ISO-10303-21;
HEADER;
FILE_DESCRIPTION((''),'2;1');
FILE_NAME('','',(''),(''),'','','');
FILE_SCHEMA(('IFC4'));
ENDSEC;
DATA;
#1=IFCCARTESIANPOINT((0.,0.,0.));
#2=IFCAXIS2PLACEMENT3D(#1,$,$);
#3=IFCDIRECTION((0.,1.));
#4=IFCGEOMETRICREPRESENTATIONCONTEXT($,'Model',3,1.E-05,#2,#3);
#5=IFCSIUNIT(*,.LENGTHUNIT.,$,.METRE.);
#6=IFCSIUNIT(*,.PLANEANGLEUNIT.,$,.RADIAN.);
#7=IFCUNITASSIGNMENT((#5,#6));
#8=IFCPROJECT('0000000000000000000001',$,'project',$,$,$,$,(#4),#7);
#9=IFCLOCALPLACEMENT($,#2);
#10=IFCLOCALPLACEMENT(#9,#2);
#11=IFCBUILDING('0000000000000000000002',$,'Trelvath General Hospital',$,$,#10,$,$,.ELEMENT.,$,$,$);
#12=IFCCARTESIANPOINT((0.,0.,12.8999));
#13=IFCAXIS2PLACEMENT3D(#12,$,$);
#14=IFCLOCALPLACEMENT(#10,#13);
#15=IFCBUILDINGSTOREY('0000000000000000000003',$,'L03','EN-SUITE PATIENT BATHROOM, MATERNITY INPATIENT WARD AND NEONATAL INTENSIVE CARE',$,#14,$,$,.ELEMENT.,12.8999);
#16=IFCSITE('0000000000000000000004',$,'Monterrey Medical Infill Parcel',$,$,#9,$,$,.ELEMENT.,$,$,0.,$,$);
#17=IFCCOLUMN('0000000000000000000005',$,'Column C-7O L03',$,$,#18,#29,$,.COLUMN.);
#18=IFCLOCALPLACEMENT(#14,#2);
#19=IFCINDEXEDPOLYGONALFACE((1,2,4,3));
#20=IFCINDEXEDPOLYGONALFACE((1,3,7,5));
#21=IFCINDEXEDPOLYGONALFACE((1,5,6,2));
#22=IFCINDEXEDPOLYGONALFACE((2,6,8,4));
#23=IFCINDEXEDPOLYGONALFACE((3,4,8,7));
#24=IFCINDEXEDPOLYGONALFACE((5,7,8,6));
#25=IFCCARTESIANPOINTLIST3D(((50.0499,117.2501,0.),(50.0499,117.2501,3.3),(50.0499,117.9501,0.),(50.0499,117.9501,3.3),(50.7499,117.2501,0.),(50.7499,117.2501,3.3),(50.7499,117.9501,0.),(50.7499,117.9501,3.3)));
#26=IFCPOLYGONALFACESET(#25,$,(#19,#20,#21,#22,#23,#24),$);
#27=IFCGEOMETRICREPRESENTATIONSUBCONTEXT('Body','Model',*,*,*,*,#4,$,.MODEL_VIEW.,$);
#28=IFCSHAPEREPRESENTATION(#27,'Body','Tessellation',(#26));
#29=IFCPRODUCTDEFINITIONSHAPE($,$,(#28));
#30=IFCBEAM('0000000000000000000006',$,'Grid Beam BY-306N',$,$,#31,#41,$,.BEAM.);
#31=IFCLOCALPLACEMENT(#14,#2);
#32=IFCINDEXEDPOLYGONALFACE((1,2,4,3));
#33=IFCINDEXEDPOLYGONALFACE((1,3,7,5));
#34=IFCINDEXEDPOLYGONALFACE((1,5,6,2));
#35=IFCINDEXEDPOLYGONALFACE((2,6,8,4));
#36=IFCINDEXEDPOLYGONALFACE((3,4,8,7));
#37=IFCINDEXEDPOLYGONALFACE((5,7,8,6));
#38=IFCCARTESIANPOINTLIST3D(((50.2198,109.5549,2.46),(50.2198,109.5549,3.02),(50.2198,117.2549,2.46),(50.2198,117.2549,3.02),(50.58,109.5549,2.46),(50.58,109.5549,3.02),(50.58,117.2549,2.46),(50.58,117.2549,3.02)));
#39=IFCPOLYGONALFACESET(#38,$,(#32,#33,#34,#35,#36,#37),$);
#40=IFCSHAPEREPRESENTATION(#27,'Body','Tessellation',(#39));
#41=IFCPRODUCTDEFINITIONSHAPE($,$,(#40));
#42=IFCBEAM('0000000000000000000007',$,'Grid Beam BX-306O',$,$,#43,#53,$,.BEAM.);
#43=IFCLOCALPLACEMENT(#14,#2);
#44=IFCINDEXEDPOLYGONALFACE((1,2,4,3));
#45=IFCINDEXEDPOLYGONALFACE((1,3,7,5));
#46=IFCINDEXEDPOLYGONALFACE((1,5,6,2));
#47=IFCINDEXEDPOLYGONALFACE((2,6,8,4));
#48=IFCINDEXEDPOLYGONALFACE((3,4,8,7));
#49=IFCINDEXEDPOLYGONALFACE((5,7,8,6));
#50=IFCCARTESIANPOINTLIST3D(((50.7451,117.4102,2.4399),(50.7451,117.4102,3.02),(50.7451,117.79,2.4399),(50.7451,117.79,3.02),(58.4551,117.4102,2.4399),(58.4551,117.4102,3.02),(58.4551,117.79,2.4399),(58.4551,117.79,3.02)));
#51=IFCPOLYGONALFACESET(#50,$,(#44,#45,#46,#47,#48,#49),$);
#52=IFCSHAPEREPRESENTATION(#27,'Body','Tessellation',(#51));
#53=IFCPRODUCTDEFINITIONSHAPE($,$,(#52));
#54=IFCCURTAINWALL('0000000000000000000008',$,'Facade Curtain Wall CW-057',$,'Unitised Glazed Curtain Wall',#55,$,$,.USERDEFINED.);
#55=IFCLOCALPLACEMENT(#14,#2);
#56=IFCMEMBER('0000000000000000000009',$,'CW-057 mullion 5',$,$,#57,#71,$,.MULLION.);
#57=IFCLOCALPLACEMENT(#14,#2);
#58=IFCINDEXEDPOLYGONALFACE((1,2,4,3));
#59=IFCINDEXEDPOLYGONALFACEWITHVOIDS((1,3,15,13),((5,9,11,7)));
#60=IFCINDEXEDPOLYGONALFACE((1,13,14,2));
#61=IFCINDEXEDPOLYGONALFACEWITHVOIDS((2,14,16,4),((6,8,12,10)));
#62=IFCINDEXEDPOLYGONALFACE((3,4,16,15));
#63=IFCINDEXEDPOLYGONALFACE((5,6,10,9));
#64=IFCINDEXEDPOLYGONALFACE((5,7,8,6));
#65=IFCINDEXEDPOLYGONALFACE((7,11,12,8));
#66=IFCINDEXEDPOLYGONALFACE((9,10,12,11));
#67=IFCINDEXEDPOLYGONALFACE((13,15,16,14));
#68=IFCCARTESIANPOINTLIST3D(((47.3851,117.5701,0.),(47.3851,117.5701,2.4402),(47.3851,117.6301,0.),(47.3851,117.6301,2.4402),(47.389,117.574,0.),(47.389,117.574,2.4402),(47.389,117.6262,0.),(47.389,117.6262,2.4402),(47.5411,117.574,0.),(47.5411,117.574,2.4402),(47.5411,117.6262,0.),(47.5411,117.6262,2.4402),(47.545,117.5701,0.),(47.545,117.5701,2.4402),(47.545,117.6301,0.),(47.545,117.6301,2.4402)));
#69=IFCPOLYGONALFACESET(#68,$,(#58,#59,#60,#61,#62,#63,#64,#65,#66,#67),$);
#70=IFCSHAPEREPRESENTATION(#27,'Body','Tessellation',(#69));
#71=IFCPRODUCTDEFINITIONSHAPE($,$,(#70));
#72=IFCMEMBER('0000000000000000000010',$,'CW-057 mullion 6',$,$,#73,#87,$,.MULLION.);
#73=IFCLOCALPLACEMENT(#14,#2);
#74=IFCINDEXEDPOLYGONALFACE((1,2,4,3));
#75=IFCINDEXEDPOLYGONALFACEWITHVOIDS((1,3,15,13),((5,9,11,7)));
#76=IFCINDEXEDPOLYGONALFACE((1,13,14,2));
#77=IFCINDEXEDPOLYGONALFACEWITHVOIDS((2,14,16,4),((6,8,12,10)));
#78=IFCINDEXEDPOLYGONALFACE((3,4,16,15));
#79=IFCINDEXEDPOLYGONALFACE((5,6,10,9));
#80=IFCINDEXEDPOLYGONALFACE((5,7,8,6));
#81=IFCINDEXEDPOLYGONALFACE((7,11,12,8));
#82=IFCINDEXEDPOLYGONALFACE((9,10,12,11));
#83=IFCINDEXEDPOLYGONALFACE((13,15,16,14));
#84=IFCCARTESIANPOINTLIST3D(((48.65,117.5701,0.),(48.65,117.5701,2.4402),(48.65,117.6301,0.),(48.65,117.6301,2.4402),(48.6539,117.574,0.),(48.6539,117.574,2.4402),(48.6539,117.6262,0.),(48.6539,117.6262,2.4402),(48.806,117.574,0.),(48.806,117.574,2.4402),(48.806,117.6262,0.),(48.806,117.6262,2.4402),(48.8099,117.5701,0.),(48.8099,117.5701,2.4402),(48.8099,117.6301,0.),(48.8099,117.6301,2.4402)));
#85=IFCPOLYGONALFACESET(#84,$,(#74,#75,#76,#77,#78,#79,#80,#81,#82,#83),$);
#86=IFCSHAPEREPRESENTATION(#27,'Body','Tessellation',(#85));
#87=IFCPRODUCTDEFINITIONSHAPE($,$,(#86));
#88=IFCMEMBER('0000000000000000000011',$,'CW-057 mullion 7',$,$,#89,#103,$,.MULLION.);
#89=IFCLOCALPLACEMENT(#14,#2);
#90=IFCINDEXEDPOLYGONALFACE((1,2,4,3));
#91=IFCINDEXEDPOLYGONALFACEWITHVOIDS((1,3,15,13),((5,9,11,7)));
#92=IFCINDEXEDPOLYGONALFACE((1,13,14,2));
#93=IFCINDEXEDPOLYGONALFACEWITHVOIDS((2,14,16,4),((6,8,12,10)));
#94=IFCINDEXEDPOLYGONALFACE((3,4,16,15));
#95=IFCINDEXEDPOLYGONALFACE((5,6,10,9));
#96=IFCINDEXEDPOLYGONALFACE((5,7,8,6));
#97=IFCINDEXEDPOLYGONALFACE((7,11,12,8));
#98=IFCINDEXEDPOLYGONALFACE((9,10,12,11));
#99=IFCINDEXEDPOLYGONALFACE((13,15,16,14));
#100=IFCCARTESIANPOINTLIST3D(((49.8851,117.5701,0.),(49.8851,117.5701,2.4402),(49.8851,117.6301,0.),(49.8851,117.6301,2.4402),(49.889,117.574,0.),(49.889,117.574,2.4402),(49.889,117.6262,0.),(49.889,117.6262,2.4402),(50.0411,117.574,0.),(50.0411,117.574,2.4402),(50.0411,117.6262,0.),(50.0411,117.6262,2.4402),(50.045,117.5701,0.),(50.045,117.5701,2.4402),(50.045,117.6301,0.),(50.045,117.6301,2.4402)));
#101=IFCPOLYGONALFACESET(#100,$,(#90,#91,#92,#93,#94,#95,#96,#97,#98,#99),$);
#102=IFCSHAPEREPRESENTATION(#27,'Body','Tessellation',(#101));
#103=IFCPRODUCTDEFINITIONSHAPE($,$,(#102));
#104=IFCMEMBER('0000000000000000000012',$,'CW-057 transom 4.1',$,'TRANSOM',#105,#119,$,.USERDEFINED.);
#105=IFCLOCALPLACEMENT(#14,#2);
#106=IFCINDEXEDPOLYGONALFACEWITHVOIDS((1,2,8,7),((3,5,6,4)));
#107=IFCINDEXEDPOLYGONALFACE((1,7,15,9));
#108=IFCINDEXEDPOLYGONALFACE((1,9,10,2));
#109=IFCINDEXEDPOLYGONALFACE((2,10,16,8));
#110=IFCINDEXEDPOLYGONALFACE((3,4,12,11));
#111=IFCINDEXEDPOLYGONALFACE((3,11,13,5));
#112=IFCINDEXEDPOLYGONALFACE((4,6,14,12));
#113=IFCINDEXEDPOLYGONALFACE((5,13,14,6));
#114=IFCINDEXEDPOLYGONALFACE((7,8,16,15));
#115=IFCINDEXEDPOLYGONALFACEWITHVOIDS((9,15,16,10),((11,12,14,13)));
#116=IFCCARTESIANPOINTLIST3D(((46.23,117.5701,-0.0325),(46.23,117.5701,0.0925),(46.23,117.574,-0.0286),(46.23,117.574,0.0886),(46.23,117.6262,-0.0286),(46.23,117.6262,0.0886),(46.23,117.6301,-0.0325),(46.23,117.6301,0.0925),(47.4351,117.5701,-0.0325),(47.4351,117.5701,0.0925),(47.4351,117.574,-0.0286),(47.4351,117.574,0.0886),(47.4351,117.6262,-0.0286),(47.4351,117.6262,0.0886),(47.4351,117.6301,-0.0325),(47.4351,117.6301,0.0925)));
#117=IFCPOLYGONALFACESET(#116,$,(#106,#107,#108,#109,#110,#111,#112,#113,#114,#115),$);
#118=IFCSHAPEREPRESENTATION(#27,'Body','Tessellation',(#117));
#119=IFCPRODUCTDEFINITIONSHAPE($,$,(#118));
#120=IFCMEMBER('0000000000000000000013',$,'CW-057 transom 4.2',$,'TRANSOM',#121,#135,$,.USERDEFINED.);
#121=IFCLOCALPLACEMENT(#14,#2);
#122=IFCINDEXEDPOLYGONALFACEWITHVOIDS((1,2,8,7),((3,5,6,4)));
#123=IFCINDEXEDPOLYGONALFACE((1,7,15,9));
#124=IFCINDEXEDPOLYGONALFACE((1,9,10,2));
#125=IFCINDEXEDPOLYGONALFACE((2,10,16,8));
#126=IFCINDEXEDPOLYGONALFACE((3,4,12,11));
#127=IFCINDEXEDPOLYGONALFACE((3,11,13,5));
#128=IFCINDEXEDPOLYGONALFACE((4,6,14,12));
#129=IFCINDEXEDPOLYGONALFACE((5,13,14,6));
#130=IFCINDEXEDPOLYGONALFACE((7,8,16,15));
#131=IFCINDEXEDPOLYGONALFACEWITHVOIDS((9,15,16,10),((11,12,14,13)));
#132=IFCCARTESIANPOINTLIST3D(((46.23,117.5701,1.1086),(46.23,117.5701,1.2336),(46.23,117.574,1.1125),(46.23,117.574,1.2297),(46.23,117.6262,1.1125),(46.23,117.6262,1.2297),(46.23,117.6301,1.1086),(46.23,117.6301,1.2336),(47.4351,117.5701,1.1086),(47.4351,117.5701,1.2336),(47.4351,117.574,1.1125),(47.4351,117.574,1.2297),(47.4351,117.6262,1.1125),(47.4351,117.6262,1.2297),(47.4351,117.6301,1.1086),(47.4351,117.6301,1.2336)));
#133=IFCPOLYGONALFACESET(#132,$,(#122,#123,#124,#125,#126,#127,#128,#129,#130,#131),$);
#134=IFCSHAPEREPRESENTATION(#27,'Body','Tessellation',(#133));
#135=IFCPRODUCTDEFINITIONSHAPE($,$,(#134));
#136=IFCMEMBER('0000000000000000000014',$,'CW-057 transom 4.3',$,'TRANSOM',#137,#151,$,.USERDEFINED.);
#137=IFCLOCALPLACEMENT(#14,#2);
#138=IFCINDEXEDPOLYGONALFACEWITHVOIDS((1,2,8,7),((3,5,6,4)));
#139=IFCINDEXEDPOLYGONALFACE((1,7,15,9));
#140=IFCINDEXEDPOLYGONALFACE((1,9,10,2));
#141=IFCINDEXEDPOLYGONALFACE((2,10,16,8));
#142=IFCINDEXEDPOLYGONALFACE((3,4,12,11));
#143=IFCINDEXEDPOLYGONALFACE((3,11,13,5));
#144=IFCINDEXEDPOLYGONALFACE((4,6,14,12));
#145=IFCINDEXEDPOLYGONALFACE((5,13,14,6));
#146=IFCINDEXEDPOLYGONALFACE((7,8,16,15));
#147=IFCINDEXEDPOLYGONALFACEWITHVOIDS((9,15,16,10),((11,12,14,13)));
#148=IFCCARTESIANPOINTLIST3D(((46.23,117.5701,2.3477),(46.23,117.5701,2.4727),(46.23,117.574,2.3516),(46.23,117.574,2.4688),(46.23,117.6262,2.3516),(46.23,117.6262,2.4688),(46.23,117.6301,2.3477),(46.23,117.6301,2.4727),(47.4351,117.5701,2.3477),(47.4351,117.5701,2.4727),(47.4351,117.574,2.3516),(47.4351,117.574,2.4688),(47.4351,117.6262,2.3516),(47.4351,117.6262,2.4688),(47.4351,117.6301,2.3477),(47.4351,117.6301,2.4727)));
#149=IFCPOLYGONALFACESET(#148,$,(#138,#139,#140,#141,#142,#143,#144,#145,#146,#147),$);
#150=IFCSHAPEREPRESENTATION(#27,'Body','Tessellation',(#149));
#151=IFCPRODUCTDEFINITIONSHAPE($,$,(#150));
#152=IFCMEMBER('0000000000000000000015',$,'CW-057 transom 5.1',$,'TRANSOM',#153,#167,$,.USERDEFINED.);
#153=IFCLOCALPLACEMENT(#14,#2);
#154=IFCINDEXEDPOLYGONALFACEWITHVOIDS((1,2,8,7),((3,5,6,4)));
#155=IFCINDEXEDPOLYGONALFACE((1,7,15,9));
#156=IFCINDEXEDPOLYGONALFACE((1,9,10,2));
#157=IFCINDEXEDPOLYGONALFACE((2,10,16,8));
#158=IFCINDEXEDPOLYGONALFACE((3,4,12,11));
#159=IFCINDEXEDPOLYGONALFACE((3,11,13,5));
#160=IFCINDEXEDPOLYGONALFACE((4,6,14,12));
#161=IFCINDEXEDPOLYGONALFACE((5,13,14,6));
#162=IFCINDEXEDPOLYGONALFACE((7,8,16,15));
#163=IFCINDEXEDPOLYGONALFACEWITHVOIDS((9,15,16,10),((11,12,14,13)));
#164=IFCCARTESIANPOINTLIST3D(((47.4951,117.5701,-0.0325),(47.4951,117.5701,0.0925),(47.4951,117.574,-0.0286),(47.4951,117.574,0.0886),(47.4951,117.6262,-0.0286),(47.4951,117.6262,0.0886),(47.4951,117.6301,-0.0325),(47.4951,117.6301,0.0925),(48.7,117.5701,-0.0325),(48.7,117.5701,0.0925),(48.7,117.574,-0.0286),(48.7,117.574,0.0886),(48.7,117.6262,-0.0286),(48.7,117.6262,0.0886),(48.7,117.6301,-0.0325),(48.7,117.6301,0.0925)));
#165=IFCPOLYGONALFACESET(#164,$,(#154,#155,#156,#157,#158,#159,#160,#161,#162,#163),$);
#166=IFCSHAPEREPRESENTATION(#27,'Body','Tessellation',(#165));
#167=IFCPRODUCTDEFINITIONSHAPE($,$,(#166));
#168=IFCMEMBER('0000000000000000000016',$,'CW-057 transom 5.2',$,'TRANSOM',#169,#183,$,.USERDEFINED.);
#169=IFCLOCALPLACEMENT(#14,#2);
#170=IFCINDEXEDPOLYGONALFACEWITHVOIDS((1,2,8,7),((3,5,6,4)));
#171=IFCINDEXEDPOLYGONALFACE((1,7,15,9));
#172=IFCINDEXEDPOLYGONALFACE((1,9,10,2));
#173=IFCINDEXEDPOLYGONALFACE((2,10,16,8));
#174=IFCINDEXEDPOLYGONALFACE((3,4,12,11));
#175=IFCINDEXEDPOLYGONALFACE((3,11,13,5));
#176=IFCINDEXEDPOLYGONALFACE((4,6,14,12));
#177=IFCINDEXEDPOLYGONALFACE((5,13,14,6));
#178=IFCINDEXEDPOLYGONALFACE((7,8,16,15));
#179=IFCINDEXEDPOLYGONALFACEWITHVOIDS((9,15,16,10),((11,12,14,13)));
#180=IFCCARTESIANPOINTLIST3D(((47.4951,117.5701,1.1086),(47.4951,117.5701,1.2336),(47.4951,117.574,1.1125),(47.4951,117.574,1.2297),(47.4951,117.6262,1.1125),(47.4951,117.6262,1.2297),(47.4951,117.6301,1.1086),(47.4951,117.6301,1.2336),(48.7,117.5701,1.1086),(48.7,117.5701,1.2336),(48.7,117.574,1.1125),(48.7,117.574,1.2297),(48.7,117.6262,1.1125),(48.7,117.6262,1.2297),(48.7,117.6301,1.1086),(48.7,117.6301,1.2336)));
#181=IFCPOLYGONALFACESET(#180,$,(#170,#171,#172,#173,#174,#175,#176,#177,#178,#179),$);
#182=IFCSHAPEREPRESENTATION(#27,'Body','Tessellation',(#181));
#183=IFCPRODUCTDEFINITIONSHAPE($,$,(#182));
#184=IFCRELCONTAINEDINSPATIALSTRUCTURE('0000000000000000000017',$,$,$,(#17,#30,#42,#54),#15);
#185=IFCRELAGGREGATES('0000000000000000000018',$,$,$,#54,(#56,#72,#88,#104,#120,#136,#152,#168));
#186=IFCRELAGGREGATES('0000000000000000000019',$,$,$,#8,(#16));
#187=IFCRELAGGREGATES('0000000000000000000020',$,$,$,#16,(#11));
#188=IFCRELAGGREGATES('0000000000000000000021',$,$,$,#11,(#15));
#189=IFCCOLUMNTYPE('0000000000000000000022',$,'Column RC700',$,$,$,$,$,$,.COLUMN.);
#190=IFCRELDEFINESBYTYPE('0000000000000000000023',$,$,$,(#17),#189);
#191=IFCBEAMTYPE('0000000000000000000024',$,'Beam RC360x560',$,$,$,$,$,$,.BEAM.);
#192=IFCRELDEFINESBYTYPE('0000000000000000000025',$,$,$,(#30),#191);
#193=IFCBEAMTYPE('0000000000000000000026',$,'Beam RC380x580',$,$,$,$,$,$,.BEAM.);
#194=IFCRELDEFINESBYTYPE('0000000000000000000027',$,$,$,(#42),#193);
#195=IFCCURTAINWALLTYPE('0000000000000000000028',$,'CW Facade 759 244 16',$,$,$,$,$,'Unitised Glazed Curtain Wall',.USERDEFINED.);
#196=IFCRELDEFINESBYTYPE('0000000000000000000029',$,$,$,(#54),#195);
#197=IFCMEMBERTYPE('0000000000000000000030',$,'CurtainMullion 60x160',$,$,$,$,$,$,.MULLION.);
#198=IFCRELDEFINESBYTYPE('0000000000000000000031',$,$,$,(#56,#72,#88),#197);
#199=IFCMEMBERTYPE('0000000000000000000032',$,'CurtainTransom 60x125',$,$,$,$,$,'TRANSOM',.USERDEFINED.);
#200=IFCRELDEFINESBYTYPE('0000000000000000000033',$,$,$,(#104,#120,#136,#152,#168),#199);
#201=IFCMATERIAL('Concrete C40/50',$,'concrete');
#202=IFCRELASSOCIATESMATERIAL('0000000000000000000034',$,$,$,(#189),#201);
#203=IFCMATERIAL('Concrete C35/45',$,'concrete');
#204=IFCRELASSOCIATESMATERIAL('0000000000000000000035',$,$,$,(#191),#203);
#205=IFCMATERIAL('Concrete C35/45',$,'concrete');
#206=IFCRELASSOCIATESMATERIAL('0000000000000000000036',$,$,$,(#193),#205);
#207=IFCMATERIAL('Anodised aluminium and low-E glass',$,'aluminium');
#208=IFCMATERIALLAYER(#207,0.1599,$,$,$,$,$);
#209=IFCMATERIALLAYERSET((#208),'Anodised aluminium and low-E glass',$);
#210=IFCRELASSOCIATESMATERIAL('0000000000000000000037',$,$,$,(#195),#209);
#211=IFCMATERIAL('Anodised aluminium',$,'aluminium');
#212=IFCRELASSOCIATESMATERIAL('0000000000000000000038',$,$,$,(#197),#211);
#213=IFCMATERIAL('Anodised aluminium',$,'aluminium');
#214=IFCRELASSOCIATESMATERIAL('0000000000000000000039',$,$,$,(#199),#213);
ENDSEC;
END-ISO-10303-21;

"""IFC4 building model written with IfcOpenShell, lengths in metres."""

from ifc_helpers import new_model, si_unit, direction, frame, origin, origin_2d, place, context, subcontext, project, spatial, rectangle, hollow_rectangle, extrude, material, layer, layer_set, material_profile, profile_set, type_object, element, aggregate, save


model = new_model("IFC4")

# Units and contexts
model_context = context("Model", 3, precision=1e-05, world=origin(), true_north=direction((0.0, 1.0)))
body_context = subcontext(model_context, "Body", "Model", "MODEL_VIEW")
ifc_project = project(units=[si_unit("LENGTHUNIT", "METRE"), si_unit("PLANEANGLEUNIT", "RADIAN")], contexts=[model_context])

# Site, building, storey
site_placement = place(None, origin())
site = spatial("IfcSite", under=ifc_project, at=site_placement, Name="Monterrey Medical Infill Parcel", CompositionType="ELEMENT", RefElevation=0.0)
building_placement = place(site_placement, origin())
building = spatial("IfcBuilding", under=site, at=building_placement, Name="Trelvath General Hospital", CompositionType="ELEMENT")
storey_placement = place(building_placement, frame((0.0, 0.0, 12.8999)))
storey = spatial("IfcBuildingStorey", under=building, at=storey_placement, Name="L03", Description="EN-SUITE PATIENT BATHROOM, MATERNITY INPATIENT WARD AND NEONATAL INTENSIVE CARE", CompositionType="ELEMENT", Elevation=12.8999)

# Column
ifc_material_1 = material(Name="Concrete C40/50", Category="concrete")
ifc_material_profile_1 = material_profile(ifc_material_1, rectangle(XDim=0.7, YDim=0.7, at=origin_2d()), Name="RC700x700")
ifc_profile_set_1 = profile_set([ifc_material_profile_1], Name="Concrete C40/50")
column_type = type_object("IfcColumnType", Name="Column RC700", PredefinedType="COLUMN", material=ifc_profile_set_1)
column_placement = place(storey_placement, frame((50.3999, 117.6001, 0.0), z_axis=(0.0, 0.0, 1.0), x_axis=(1.0, 0.0, 0.0)))
element("IfcColumn", 1, at=column_placement, inside=storey, type_object=column_type, Name="Column C-7O L03", PredefinedType="COLUMN", context=body_context, shape_type="SweptSolid", body=[
    extrude(rectangle(XDim=0.7, YDim=0.7, at=origin_2d()), origin(), (0.0, 0.0, 1.0), 3.3),
])

# Beams
ifc_material_2 = material(Name="Concrete C35/45", Category="concrete")
ifc_material_profile_2 = material_profile(ifc_material_2, rectangle(XDim=0.3601, YDim=0.5601, at=origin_2d()), Name="RCB360x560")
ifc_profile_set_2 = profile_set([ifc_material_profile_2], Name="Concrete C35/45")
beam_type_1 = type_object("IfcBeamType", Name="Beam RC360x560", PredefinedType="BEAM", material=ifc_profile_set_2)
beam_1_placement = place(storey_placement, frame((50.3999, 109.5549, 2.74), z_axis=(0.0, 1.0, 0.0), x_axis=(-1.0, 0.0, 0.0)))
element("IfcBeam", 2, at=beam_1_placement, inside=storey, type_object=beam_type_1, Name="Grid Beam BY-306N", PredefinedType="BEAM", context=body_context, shape_type="SweptSolid", body=[
    extrude(rectangle(XDim=0.3601, YDim=0.5601, at=origin_2d()), origin(), (0.0, 0.0, 1.0), 7.7),
])
ifc_material_3 = material(Name="Concrete C35/45", Category="concrete")
ifc_material_profile_3 = material_profile(ifc_material_3, rectangle(XDim=0.3799, YDim=0.5801, at=origin_2d()), Name="RCB380x580")
ifc_profile_set_3 = profile_set([ifc_material_profile_3], Name="Concrete C35/45")
beam_type_2 = type_object("IfcBeamType", Name="Beam RC380x580", PredefinedType="BEAM", material=ifc_profile_set_3)
beam_2_placement = place(storey_placement, frame((50.7451, 117.6001, 2.73), z_axis=(1.0, 0.0, 0.0), x_axis=(0.0, 1.0, 0.0)))
element("IfcBeam", 3, at=beam_2_placement, inside=storey, type_object=beam_type_2, Name="Grid Beam BX-306O", PredefinedType="BEAM", context=body_context, shape_type="SweptSolid", body=[
    extrude(rectangle(XDim=0.3799, YDim=0.5801, at=origin_2d()), origin(), (0.0, 0.0, 1.0), 7.71),
])

# Curtain wall, members
ifc_material_4 = material(Name="Anodised aluminium and low-E glass", Category="aluminium")
ifc_layer_1 = layer(ifc_material_4, 0.1599)
ifc_layer_set_1 = layer_set([ifc_layer_1], Name="Anodised aluminium and low-E glass")
curtain_wall_type = type_object("IfcCurtainWallType", Name="CW Facade 759 244 16", ElementType="Unitised Glazed Curtain Wall", PredefinedType="USERDEFINED", material=ifc_layer_set_1)
curtain_wall_placement = place(storey_placement, origin())
curtain_wall = element("IfcCurtainWall", 4, at=curtain_wall_placement, inside=storey, type_object=curtain_wall_type, Name="Facade Curtain Wall CW-057", ObjectType="Unitised Glazed Curtain Wall", PredefinedType="USERDEFINED")
ifc_material_5 = material(Name="Anodised aluminium", Category="aluminium")
ifc_material_profile_4 = material_profile(ifc_material_5, hollow_rectangle(XDim=0.0601, YDim=0.1599, WallThickness=0.0039, at=origin_2d()), Name="RHS60x160x4")
ifc_profile_set_4 = profile_set([ifc_material_profile_4], Name="Anodised aluminium")
member_type_1 = type_object("IfcMemberType", Name="CurtainMullion 60x160", PredefinedType="MULLION", material=ifc_profile_set_4)
member_1_placement = place(storey_placement, frame((47.4651, 117.6001, 0.0), z_axis=(0.0, 0.0, 1.0), x_axis=(0.0, 1.0, 0.0)))
member_1 = element("IfcMember", 5, at=member_1_placement, type_object=member_type_1, Name="CW-057 mullion 5", PredefinedType="MULLION", context=body_context, shape_type="SweptSolid", body=[
    extrude(hollow_rectangle(XDim=0.0601, YDim=0.1599, WallThickness=0.0039, at=origin_2d()), origin(), (0.0, 0.0, 1.0), 2.4402),
])
member_2_placement = place(storey_placement, frame((48.73, 117.6001, 0.0), z_axis=(0.0, 0.0, 1.0), x_axis=(0.0, 1.0, 0.0)))
member_2 = element("IfcMember", 6, at=member_2_placement, type_object=member_type_1, Name="CW-057 mullion 6", PredefinedType="MULLION", context=body_context, shape_type="SweptSolid", body=[
    extrude(hollow_rectangle(XDim=0.0601, YDim=0.1599, WallThickness=0.0039, at=origin_2d()), origin(), (0.0, 0.0, 1.0), 2.4402),
])
member_3_placement = place(storey_placement, frame((49.9651, 117.6001, 0.0), z_axis=(0.0, 0.0, 1.0), x_axis=(0.0, 1.0, 0.0)))
member_3 = element("IfcMember", 7, at=member_3_placement, type_object=member_type_1, Name="CW-057 mullion 7", PredefinedType="MULLION", context=body_context, shape_type="SweptSolid", body=[
    extrude(hollow_rectangle(XDim=0.0601, YDim=0.1599, WallThickness=0.0039, at=origin_2d()), origin(), (0.0, 0.0, 1.0), 2.4402),
])
ifc_material_6 = material(Name="Anodised aluminium", Category="aluminium")
ifc_material_profile_5 = material_profile(ifc_material_6, hollow_rectangle(XDim=0.0601, YDim=0.125, WallThickness=0.0039, at=origin_2d()), Name="RHS60x125x4")
ifc_profile_set_5 = profile_set([ifc_material_profile_5], Name="Anodised aluminium")
member_type_2 = type_object("IfcMemberType", Name="CurtainTransom 60x125", ElementType="TRANSOM", PredefinedType="USERDEFINED", material=ifc_profile_set_5)
member_4_placement = place(storey_placement, frame((46.23, 117.6001, 0.03), z_axis=(1.0, 0.0, 0.0), x_axis=(0.0, 1.0, 0.0)))
member_4 = element("IfcMember", 8, at=member_4_placement, type_object=member_type_2, Name="CW-057 transom 4.1", ObjectType="TRANSOM", PredefinedType="USERDEFINED", context=body_context, shape_type="SweptSolid", body=[
    extrude(hollow_rectangle(XDim=0.0601, YDim=0.125, WallThickness=0.0039, at=origin_2d()), origin(), (0.0, 0.0, 1.0), 1.2051),
])
member_5_placement = place(storey_placement, frame((46.23, 117.6001, 1.1711), z_axis=(1.0, 0.0, 0.0), x_axis=(0.0, 1.0, 0.0)))
member_5 = element("IfcMember", 9, at=member_5_placement, type_object=member_type_2, Name="CW-057 transom 4.2", ObjectType="TRANSOM", PredefinedType="USERDEFINED", context=body_context, shape_type="SweptSolid", body=[
    extrude(hollow_rectangle(XDim=0.0601, YDim=0.125, WallThickness=0.0039, at=origin_2d()), origin(), (0.0, 0.0, 1.0), 1.2051),
])
member_6_placement = place(storey_placement, frame((46.23, 117.6001, 2.4102), z_axis=(1.0, 0.0, 0.0), x_axis=(0.0, 1.0, 0.0)))
member_6 = element("IfcMember", 10, at=member_6_placement, type_object=member_type_2, Name="CW-057 transom 4.3", ObjectType="TRANSOM", PredefinedType="USERDEFINED", context=body_context, shape_type="SweptSolid", body=[
    extrude(hollow_rectangle(XDim=0.0601, YDim=0.125, WallThickness=0.0039, at=origin_2d()), origin(), (0.0, 0.0, 1.0), 1.2051),
])
member_7_placement = place(storey_placement, frame((47.4951, 117.6001, 0.03), z_axis=(1.0, 0.0, 0.0), x_axis=(0.0, 1.0, 0.0)))
member_7 = element("IfcMember", 11, at=member_7_placement, type_object=member_type_2, Name="CW-057 transom 5.1", ObjectType="TRANSOM", PredefinedType="USERDEFINED", context=body_context, shape_type="SweptSolid", body=[
    extrude(hollow_rectangle(XDim=0.0601, YDim=0.125, WallThickness=0.0039, at=origin_2d()), origin(), (0.0, 0.0, 1.0), 1.2048),
])
member_8_placement = place(storey_placement, frame((47.4951, 117.6001, 1.1711), z_axis=(1.0, 0.0, 0.0), x_axis=(0.0, 1.0, 0.0)))
member_8 = element("IfcMember", 12, at=member_8_placement, type_object=member_type_2, Name="CW-057 transom 5.2", ObjectType="TRANSOM", PredefinedType="USERDEFINED", context=body_context, shape_type="SweptSolid", body=[
    extrude(hollow_rectangle(XDim=0.0601, YDim=0.125, WallThickness=0.0039, at=origin_2d()), origin(), (0.0, 0.0, 1.0), 1.2048),
])
aggregate(curtain_wall, [member_1, member_2, member_3, member_4, member_5, member_6, member_7, member_8])

save(model, "model.ifc")
